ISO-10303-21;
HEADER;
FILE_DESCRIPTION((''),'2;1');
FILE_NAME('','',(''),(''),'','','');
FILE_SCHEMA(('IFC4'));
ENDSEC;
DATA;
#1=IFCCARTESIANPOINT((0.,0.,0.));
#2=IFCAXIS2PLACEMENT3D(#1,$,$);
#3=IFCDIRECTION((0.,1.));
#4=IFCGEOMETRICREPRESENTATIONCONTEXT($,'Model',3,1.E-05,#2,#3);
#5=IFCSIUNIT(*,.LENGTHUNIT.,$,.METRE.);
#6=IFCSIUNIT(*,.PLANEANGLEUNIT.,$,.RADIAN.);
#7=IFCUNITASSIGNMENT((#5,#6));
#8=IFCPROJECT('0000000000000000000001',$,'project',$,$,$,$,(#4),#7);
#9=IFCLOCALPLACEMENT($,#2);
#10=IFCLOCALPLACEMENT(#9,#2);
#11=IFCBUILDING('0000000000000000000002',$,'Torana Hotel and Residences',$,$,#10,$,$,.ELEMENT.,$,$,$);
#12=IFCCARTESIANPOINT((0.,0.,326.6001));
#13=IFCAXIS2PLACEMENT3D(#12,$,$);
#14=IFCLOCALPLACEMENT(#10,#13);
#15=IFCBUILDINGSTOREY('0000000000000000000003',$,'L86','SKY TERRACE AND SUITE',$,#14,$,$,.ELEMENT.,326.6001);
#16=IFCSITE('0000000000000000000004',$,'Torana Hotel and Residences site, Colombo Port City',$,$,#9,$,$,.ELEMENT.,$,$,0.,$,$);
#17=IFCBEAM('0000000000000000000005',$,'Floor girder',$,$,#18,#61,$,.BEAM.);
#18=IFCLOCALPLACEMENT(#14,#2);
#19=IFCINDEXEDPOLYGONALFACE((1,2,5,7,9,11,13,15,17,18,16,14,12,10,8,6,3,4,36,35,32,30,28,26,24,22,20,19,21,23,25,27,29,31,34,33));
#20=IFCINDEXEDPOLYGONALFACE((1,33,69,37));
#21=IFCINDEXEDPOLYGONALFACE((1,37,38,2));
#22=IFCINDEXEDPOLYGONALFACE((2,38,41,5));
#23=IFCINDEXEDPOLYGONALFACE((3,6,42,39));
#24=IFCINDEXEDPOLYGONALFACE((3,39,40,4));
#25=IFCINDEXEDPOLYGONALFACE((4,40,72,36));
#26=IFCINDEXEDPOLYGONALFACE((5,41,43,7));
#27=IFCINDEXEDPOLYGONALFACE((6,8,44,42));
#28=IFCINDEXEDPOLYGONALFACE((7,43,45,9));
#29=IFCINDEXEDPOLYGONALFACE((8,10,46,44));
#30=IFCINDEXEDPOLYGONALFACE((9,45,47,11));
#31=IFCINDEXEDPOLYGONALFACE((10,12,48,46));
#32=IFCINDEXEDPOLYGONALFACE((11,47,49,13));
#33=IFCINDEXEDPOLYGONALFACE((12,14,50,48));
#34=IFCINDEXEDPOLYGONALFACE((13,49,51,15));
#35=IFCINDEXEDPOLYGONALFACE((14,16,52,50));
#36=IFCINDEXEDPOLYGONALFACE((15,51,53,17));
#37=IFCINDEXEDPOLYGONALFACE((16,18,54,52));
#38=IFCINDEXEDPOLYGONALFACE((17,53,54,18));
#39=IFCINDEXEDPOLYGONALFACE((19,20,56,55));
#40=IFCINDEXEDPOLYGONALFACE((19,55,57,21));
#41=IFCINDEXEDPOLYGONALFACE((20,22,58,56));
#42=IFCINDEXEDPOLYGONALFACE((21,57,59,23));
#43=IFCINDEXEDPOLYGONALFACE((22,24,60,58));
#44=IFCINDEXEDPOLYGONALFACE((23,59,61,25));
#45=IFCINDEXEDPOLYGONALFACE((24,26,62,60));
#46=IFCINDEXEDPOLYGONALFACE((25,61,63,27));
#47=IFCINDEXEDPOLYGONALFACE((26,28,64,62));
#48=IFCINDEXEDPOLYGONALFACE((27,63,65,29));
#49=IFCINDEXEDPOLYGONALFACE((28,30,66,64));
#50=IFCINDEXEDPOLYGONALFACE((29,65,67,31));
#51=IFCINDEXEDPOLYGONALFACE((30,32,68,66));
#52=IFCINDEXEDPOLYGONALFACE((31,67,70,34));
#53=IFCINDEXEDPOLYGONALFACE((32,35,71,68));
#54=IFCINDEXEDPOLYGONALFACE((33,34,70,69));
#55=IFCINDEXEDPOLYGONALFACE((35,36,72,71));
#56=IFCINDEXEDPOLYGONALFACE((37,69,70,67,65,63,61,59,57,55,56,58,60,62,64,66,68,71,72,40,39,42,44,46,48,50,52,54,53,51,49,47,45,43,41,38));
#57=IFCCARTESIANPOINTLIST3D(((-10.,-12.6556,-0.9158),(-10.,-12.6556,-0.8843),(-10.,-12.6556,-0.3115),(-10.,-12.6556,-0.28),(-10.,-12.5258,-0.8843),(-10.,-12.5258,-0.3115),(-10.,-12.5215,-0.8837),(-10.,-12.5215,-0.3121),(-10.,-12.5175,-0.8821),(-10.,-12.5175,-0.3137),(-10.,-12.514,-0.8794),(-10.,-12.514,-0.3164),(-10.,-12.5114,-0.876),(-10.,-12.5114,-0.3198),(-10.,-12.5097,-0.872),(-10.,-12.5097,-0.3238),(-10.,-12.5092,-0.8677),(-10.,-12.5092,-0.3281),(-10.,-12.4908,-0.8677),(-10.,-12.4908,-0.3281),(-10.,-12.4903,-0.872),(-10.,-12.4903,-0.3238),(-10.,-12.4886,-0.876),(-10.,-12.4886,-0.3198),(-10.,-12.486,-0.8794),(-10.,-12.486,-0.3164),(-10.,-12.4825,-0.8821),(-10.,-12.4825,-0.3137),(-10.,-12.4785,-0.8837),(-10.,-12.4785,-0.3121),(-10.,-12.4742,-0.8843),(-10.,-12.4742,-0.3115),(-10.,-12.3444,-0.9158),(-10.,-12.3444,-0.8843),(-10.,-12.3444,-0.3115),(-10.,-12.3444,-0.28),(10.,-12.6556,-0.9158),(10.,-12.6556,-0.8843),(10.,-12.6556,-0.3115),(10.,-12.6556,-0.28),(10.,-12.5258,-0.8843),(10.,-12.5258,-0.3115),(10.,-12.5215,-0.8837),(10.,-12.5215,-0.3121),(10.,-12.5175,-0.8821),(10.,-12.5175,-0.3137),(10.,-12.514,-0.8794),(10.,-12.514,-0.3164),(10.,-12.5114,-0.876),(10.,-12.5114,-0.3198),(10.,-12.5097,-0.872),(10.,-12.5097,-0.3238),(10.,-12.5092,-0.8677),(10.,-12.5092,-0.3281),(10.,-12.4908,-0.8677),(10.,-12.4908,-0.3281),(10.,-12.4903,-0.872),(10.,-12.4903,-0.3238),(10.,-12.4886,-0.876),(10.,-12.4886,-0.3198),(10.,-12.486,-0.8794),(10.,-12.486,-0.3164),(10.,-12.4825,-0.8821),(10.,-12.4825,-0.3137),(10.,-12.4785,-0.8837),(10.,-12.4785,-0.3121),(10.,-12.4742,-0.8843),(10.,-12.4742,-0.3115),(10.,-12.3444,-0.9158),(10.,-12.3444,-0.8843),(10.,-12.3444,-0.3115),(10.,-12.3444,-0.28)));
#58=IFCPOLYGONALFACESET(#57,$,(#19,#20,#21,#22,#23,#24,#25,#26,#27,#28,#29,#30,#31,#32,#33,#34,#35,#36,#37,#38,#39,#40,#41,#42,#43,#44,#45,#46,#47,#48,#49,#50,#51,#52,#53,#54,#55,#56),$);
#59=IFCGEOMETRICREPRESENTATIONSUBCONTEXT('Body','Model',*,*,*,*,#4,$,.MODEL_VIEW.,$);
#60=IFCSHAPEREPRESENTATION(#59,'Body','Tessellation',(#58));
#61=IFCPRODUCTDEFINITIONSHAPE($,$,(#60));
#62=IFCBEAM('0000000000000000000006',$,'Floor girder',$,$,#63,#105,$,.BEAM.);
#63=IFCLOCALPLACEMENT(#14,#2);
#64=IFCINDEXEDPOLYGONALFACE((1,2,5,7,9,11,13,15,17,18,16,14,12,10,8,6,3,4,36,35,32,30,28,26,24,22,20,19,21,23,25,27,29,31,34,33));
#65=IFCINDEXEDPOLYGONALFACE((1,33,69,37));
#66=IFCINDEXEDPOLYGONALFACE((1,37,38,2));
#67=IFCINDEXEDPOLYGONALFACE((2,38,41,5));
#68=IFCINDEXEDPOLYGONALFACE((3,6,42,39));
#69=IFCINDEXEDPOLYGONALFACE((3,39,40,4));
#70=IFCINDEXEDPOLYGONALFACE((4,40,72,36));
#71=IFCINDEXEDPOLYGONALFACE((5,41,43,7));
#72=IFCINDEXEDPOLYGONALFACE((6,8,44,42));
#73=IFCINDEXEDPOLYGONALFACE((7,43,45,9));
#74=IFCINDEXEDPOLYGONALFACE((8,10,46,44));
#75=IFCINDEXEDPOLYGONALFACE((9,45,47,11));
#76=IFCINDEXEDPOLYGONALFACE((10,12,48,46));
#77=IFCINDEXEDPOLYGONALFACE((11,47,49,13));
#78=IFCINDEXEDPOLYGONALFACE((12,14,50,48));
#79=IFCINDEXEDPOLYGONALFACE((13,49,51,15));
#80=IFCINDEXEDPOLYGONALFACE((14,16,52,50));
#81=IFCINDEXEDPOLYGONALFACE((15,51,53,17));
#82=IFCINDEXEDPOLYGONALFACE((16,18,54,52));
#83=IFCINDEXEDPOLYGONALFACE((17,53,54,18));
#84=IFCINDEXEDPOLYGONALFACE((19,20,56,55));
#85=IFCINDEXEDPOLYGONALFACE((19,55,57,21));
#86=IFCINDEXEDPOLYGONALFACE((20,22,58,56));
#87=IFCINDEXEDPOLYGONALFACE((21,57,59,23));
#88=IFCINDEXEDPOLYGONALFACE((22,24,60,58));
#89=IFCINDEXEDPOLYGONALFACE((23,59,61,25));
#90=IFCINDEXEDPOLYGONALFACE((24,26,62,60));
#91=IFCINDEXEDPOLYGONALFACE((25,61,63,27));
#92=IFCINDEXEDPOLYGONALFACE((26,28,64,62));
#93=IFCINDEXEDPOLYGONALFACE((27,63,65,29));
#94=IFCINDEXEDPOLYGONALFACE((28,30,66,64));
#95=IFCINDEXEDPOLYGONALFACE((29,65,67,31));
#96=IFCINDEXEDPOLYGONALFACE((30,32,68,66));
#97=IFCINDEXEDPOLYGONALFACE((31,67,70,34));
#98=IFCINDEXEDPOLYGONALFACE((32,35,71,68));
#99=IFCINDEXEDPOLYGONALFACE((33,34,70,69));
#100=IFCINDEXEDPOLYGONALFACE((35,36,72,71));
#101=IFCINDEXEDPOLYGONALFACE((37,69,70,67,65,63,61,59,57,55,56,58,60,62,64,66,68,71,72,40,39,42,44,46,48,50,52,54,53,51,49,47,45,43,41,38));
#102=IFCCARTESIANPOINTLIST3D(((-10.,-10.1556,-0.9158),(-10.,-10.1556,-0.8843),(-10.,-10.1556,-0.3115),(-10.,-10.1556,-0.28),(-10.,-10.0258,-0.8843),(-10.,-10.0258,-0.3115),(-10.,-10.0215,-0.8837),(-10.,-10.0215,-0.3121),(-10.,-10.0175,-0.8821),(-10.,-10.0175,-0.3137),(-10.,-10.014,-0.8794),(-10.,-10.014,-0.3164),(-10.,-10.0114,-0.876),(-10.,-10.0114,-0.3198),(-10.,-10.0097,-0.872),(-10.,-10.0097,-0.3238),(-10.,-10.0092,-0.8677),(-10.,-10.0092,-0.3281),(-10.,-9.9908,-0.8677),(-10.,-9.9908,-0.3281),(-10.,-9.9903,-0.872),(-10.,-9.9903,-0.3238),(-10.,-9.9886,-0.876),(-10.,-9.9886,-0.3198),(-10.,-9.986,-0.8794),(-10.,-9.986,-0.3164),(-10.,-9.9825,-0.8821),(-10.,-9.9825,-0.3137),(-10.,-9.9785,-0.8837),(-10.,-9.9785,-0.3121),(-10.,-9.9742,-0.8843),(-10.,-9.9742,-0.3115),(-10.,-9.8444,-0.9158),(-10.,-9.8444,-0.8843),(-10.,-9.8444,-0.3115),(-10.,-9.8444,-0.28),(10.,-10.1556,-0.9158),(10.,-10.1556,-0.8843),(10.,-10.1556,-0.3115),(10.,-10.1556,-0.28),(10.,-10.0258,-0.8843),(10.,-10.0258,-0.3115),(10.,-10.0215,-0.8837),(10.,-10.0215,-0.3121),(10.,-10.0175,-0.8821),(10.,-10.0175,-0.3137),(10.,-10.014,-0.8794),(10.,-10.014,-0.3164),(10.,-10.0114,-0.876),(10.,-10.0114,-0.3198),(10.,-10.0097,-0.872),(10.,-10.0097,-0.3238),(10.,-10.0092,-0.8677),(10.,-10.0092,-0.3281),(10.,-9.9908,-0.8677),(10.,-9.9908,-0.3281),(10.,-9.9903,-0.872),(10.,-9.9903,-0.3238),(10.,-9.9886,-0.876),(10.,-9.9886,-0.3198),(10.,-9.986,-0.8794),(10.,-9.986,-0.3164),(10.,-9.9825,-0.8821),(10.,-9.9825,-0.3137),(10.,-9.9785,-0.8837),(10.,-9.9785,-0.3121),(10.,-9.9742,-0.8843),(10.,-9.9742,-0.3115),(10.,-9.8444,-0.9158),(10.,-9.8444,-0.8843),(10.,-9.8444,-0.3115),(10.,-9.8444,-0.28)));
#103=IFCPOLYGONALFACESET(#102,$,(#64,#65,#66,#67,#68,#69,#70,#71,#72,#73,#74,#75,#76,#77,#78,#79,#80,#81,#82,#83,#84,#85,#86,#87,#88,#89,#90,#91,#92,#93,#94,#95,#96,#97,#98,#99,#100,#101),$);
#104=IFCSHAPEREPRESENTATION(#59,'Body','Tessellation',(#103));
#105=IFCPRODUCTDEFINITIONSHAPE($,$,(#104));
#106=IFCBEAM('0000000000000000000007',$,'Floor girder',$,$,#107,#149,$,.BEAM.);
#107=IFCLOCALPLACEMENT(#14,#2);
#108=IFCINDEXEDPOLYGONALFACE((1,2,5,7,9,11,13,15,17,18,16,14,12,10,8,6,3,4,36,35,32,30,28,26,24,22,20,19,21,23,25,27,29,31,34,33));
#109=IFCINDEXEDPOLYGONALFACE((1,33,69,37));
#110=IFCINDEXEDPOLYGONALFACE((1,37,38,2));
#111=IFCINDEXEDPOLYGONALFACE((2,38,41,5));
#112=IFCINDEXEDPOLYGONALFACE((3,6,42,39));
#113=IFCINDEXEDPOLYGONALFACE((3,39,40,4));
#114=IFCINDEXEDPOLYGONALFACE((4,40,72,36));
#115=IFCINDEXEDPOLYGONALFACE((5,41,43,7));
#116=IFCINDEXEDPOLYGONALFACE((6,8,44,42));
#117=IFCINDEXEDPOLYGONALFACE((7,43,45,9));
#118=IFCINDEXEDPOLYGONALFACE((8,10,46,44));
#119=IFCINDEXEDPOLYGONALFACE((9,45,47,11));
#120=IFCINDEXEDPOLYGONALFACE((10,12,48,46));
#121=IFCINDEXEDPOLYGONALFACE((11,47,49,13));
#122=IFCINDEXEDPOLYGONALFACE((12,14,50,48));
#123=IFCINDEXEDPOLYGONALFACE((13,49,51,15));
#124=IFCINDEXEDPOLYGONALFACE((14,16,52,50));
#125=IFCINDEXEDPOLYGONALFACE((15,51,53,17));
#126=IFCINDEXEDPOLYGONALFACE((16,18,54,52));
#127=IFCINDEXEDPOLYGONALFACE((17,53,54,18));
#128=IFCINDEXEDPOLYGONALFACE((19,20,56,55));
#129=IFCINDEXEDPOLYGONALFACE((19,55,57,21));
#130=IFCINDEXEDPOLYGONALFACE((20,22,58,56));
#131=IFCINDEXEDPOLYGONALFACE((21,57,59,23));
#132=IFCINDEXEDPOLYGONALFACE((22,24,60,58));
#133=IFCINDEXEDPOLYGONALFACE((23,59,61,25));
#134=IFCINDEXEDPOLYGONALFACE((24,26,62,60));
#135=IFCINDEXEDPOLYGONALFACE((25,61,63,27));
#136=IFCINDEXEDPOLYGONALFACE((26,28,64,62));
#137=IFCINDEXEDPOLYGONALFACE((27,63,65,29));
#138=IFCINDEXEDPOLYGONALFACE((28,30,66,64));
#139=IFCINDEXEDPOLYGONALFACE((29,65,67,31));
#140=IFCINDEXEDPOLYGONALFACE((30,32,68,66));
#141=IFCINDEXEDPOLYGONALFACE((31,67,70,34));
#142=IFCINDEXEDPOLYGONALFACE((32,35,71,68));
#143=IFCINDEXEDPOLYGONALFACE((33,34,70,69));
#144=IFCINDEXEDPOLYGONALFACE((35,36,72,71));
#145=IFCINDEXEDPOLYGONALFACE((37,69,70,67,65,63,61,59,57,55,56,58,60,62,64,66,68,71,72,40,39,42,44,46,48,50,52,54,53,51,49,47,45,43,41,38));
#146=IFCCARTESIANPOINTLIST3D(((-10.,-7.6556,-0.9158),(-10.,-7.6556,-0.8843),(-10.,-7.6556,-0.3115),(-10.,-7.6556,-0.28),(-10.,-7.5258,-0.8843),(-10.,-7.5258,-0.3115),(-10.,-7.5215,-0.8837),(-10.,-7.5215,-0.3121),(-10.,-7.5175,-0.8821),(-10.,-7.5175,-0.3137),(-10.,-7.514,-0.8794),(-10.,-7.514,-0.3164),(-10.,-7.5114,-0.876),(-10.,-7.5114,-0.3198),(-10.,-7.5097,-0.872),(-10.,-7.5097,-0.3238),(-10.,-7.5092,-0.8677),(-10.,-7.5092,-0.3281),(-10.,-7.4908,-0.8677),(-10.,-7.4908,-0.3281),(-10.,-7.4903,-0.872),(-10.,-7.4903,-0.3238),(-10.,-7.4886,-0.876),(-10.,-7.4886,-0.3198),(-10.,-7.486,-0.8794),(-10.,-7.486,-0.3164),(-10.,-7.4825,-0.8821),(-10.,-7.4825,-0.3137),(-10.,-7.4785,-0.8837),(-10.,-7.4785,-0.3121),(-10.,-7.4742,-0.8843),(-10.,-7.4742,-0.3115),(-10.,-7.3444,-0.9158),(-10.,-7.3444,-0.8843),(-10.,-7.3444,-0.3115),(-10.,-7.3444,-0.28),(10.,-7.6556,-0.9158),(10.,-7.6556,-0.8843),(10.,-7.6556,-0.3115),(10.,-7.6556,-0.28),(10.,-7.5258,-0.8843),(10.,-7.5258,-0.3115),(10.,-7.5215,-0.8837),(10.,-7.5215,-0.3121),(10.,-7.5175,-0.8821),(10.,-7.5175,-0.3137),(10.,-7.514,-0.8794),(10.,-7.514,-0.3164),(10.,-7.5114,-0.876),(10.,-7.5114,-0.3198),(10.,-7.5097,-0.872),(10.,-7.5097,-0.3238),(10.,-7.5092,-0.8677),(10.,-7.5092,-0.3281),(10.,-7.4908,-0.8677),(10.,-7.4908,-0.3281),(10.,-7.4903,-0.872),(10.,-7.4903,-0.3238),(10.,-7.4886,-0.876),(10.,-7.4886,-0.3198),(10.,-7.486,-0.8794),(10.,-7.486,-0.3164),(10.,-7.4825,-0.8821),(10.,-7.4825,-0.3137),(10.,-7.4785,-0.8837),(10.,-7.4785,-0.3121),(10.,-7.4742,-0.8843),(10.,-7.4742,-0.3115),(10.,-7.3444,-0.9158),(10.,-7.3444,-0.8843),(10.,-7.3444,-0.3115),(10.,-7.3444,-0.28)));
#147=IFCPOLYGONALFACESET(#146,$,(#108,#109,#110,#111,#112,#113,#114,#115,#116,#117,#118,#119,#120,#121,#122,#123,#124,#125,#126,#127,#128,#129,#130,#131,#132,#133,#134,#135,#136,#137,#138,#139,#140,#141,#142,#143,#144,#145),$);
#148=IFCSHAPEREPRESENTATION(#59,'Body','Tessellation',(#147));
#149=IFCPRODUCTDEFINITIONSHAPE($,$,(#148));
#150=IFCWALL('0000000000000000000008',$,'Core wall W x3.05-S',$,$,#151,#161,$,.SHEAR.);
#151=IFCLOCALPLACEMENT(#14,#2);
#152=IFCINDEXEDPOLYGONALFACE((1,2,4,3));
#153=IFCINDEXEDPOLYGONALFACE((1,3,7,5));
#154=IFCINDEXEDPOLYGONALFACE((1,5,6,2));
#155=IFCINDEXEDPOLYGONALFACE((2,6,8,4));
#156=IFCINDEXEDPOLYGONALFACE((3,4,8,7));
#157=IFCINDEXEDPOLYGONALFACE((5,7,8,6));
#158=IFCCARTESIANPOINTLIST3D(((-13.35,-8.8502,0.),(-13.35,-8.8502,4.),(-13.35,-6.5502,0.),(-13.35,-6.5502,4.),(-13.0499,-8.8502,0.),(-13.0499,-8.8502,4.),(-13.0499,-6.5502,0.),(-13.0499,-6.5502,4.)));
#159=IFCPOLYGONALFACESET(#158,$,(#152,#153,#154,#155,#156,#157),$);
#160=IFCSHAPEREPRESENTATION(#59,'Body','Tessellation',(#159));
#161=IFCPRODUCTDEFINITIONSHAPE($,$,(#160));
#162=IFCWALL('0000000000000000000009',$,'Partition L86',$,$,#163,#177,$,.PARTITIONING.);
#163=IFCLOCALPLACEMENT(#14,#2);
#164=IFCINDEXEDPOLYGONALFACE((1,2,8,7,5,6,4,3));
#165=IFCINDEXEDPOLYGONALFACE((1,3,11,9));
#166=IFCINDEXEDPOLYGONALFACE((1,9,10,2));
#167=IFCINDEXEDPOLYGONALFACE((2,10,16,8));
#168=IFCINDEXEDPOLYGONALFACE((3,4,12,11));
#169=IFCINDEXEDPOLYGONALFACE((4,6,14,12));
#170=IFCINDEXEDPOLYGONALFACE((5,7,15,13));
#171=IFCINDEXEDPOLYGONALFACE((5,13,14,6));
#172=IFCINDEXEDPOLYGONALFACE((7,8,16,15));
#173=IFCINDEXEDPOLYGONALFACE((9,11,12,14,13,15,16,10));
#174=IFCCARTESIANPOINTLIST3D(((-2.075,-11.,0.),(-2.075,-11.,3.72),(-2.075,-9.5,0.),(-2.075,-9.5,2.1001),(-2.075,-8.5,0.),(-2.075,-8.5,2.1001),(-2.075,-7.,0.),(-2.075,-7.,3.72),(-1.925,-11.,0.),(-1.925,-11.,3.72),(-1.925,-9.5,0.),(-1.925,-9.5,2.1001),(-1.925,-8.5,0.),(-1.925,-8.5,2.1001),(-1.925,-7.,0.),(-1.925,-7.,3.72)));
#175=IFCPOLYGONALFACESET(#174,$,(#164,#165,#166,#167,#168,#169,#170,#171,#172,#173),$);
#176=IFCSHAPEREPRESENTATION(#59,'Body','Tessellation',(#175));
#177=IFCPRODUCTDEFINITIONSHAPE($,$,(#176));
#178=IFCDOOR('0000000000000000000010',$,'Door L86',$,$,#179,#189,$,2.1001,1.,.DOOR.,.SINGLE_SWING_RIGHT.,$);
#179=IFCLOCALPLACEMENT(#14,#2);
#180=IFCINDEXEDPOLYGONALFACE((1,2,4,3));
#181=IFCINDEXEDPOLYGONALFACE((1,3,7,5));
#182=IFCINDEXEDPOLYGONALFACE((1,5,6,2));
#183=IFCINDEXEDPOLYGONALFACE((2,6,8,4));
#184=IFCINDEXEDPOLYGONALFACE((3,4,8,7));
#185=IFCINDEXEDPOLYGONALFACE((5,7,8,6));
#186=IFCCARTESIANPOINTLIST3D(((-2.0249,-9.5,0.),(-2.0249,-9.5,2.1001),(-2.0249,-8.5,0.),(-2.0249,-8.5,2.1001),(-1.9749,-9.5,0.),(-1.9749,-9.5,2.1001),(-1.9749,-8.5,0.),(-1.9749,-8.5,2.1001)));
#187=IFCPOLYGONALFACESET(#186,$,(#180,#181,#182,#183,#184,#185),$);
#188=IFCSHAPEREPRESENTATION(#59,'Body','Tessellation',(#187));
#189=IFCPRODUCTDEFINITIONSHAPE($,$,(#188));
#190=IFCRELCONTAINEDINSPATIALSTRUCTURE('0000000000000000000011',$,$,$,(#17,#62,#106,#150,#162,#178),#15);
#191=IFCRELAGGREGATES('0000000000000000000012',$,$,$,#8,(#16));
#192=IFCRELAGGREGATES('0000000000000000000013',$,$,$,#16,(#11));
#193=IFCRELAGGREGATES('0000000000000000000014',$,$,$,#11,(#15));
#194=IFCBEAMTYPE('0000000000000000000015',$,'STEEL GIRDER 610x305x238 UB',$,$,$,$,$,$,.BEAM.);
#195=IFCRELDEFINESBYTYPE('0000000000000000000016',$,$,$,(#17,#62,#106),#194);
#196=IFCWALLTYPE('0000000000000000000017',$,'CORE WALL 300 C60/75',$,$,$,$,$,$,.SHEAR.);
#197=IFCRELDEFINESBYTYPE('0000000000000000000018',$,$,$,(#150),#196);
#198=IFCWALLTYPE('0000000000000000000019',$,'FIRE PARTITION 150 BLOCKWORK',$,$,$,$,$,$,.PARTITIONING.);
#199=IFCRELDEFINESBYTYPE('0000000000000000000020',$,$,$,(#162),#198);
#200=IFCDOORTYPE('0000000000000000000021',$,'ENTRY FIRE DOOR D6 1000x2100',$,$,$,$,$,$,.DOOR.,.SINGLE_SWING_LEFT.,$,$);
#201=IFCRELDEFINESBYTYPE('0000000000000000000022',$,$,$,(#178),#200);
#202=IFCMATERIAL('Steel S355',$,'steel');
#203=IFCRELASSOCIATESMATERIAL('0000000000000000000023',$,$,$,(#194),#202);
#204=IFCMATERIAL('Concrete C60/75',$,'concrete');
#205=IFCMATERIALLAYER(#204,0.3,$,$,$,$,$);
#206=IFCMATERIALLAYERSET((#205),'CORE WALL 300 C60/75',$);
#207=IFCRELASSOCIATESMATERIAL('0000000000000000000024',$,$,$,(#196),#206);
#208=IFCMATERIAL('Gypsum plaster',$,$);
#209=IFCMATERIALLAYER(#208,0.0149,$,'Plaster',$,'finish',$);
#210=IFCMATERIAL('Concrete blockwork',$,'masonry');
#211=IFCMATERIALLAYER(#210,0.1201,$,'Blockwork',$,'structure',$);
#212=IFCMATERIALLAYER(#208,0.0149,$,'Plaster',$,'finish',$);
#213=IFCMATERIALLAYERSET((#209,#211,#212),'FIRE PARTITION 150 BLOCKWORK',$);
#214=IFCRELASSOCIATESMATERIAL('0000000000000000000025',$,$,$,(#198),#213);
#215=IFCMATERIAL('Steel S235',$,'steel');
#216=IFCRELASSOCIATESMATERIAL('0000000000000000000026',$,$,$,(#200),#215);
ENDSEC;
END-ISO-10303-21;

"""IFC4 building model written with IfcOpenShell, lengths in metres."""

from ifc_helpers import new_model, si_unit, direction, frame, frame_2d, origin, origin_2d, place, context, subcontext, project, spatial, rectangle, i_section, extrude, material, layer, layer_set, material_profile, profile_set, type_object, element, fill, save


model = new_model("IFC4")

# Units and contexts
model_context = context("Model", 3, precision=1e-05, world=origin(), true_north=direction((0.0, 1.0)))
body_context = subcontext(model_context, "Body", "Model", "MODEL_VIEW")
ifc_project = project(units=[si_unit("LENGTHUNIT", "METRE"), si_unit("PLANEANGLEUNIT", "RADIAN")], contexts=[model_context])

# Site, building, storey
site_placement = place(None, origin())
site = spatial("IfcSite", under=ifc_project, at=site_placement, Name="Torana Hotel and Residences site, Colombo Port City", CompositionType="ELEMENT", RefElevation=0.0)
building_placement = place(site_placement, origin())
building = spatial("IfcBuilding", under=site, at=building_placement, Name="Torana Hotel and Residences", CompositionType="ELEMENT")
storey_placement = place(building_placement, frame((0.0, 0.0, 326.6001)))
storey = spatial("IfcBuildingStorey", under=building, at=storey_placement, Name="L86", Description="SKY TERRACE AND SUITE", CompositionType="ELEMENT", Elevation=326.6001)

# Beams
ifc_material_1 = material(Name="Steel S355", Category="steel")
ifc_material_profile = material_profile(ifc_material_1, i_section(OverallWidth=0.3113, OverallDepth=0.6357, WebThickness=0.0183, FlangeThickness=0.0315, FilletRadius=0.0166, at=origin_2d()), Name="610x305x238 UB")
ifc_profile_set = profile_set([ifc_material_profile], Name="Steel S355")
beam_type = type_object("IfcBeamType", Name="STEEL GIRDER 610x305x238 UB", PredefinedType="BEAM", material=ifc_profile_set)
for number, where, z_axis, x_axis, name in (
    (1, (-10.0, -12.5, -0.5979), (1.0, 0.0, 0.0), (0.0, 1.0, 0.0), "Floor girder"),
    (2, (-10.0, -10.0, -0.5979), (1.0, 0.0, 0.0), (0.0, 1.0, 0.0), "Floor girder"),
    (3, (-10.0, -7.5, -0.5979), (1.0, 0.0, 0.0), (0.0, 1.0, 0.0), "Floor girder"),
):
    element("IfcBeam", number, at=place(storey_placement, frame(where, z_axis=z_axis, x_axis=x_axis)), inside=storey, type_object=beam_type, Name=name, PredefinedType="BEAM", context=body_context, shape_type="SweptSolid", body=[
        extrude(i_section(OverallWidth=0.3113, OverallDepth=0.6357, WebThickness=0.0183, FlangeThickness=0.0315, FilletRadius=0.0166, at=origin_2d()), origin(), (0.0, 0.0, 1.0), 20.0),
    ])

# Wall
ifc_material_2 = material(Name="Concrete C60/75", Category="concrete")
ifc_layer_1 = layer(ifc_material_2, 0.3)
ifc_layer_set_1 = layer_set([ifc_layer_1], Name="CORE WALL 300 C60/75")
wall_type_1 = type_object("IfcWallType", Name="CORE WALL 300 C60/75", PredefinedType="SHEAR", material=ifc_layer_set_1)
wall_1_placement = place(storey_placement, frame((-13.2, -8.8501, 0.0), z_axis=(0.0, 0.0, 1.0), x_axis=(0.0, 1.0, 0.0)))
element("IfcWall", 4, at=wall_1_placement, inside=storey, type_object=wall_type_1, Name="Core wall W x3.05-S", PredefinedType="SHEAR", context=body_context, shape_type="SweptSolid", body=[
    extrude(rectangle(XDim=2.3, YDim=0.3, at=frame_2d((1.1499, 0.0))), origin(), (0.0, 0.0, 1.0), 4.0),
])

# Wall, opening, door
ifc_material_3 = material(Name="Gypsum plaster")
ifc_layer_2 = layer(ifc_material_3, 0.0149, Name="Plaster", Category="finish")
ifc_material_4 = material(Name="Concrete blockwork", Category="masonry")
ifc_layer_3 = layer(ifc_material_4, 0.1201, Name="Blockwork", Category="structure")
ifc_layer_4 = layer(ifc_material_3, 0.0149, Name="Plaster", Category="finish")
ifc_layer_set_2 = layer_set([ifc_layer_2, ifc_layer_3, ifc_layer_4], Name="FIRE PARTITION 150 BLOCKWORK")
wall_type_2 = type_object("IfcWallType", Name="FIRE PARTITION 150 BLOCKWORK", PredefinedType="PARTITIONING", material=ifc_layer_set_2)
wall_2_placement = place(storey_placement, frame((-2.0, -11.0, 0.0), z_axis=(0.0, 0.0, 1.0), x_axis=(0.0, 1.0, 0.0)))
wall_2 = element("IfcWall", 5, at=wall_2_placement, inside=storey, type_object=wall_type_2, Name="Partition L86", PredefinedType="PARTITIONING", context=body_context, shape_type="SweptSolid", body=[
    extrude(rectangle(XDim=4.0, YDim=0.1499, at=frame_2d((2.0, 0.0))), origin(), (0.0, 0.0, 1.0), 3.72),
])
opening_1_placement = place(wall_2_placement, frame((1.5, 0.0, 0.0)))
opening_1 = element("IfcOpeningElement", 6, at=opening_1_placement, cuts=wall_2, PredefinedType="OPENING", context=body_context, shape_type="SweptSolid", body=[
    extrude(rectangle(XDim=1.0, YDim=2.1001, at=frame_2d((0.5, 1.05))), frame((0.0, 0.085, 0.0), z_axis=(0.0, -1.0, 0.0), x_axis=(1.0, 0.0, 0.0)), (0.0, 0.0, 1.0), 0.1699),
])
ifc_material_5 = material(Name="Steel S235", Category="steel")
door_type_1 = type_object("IfcDoorType", Name="ENTRY FIRE DOOR D6 1000x2100", OperationType="SINGLE_SWING_LEFT", PredefinedType="DOOR", material=ifc_material_5)
door_1_placement = place(opening_1_placement, origin())
door_1 = element("IfcDoor", 7, at=door_1_placement, inside=storey, type_object=door_type_1, Name="Door L86", OperationType="SINGLE_SWING_RIGHT", OverallHeight=2.1001, OverallWidth=1.0, PredefinedType="DOOR", context=body_context, shape_type="SweptSolid", body=[
    extrude(rectangle(XDim=1.0, YDim=2.1001, at=frame_2d((0.5, 1.05))), frame((0.0, 0.0249, 0.0), z_axis=(0.0, -1.0, 0.0), x_axis=(1.0, 0.0, 0.0)), (0.0, 0.0, 1.0), 0.05),
])
fill(opening_1, door_1)

save(model, "model.ifc")
